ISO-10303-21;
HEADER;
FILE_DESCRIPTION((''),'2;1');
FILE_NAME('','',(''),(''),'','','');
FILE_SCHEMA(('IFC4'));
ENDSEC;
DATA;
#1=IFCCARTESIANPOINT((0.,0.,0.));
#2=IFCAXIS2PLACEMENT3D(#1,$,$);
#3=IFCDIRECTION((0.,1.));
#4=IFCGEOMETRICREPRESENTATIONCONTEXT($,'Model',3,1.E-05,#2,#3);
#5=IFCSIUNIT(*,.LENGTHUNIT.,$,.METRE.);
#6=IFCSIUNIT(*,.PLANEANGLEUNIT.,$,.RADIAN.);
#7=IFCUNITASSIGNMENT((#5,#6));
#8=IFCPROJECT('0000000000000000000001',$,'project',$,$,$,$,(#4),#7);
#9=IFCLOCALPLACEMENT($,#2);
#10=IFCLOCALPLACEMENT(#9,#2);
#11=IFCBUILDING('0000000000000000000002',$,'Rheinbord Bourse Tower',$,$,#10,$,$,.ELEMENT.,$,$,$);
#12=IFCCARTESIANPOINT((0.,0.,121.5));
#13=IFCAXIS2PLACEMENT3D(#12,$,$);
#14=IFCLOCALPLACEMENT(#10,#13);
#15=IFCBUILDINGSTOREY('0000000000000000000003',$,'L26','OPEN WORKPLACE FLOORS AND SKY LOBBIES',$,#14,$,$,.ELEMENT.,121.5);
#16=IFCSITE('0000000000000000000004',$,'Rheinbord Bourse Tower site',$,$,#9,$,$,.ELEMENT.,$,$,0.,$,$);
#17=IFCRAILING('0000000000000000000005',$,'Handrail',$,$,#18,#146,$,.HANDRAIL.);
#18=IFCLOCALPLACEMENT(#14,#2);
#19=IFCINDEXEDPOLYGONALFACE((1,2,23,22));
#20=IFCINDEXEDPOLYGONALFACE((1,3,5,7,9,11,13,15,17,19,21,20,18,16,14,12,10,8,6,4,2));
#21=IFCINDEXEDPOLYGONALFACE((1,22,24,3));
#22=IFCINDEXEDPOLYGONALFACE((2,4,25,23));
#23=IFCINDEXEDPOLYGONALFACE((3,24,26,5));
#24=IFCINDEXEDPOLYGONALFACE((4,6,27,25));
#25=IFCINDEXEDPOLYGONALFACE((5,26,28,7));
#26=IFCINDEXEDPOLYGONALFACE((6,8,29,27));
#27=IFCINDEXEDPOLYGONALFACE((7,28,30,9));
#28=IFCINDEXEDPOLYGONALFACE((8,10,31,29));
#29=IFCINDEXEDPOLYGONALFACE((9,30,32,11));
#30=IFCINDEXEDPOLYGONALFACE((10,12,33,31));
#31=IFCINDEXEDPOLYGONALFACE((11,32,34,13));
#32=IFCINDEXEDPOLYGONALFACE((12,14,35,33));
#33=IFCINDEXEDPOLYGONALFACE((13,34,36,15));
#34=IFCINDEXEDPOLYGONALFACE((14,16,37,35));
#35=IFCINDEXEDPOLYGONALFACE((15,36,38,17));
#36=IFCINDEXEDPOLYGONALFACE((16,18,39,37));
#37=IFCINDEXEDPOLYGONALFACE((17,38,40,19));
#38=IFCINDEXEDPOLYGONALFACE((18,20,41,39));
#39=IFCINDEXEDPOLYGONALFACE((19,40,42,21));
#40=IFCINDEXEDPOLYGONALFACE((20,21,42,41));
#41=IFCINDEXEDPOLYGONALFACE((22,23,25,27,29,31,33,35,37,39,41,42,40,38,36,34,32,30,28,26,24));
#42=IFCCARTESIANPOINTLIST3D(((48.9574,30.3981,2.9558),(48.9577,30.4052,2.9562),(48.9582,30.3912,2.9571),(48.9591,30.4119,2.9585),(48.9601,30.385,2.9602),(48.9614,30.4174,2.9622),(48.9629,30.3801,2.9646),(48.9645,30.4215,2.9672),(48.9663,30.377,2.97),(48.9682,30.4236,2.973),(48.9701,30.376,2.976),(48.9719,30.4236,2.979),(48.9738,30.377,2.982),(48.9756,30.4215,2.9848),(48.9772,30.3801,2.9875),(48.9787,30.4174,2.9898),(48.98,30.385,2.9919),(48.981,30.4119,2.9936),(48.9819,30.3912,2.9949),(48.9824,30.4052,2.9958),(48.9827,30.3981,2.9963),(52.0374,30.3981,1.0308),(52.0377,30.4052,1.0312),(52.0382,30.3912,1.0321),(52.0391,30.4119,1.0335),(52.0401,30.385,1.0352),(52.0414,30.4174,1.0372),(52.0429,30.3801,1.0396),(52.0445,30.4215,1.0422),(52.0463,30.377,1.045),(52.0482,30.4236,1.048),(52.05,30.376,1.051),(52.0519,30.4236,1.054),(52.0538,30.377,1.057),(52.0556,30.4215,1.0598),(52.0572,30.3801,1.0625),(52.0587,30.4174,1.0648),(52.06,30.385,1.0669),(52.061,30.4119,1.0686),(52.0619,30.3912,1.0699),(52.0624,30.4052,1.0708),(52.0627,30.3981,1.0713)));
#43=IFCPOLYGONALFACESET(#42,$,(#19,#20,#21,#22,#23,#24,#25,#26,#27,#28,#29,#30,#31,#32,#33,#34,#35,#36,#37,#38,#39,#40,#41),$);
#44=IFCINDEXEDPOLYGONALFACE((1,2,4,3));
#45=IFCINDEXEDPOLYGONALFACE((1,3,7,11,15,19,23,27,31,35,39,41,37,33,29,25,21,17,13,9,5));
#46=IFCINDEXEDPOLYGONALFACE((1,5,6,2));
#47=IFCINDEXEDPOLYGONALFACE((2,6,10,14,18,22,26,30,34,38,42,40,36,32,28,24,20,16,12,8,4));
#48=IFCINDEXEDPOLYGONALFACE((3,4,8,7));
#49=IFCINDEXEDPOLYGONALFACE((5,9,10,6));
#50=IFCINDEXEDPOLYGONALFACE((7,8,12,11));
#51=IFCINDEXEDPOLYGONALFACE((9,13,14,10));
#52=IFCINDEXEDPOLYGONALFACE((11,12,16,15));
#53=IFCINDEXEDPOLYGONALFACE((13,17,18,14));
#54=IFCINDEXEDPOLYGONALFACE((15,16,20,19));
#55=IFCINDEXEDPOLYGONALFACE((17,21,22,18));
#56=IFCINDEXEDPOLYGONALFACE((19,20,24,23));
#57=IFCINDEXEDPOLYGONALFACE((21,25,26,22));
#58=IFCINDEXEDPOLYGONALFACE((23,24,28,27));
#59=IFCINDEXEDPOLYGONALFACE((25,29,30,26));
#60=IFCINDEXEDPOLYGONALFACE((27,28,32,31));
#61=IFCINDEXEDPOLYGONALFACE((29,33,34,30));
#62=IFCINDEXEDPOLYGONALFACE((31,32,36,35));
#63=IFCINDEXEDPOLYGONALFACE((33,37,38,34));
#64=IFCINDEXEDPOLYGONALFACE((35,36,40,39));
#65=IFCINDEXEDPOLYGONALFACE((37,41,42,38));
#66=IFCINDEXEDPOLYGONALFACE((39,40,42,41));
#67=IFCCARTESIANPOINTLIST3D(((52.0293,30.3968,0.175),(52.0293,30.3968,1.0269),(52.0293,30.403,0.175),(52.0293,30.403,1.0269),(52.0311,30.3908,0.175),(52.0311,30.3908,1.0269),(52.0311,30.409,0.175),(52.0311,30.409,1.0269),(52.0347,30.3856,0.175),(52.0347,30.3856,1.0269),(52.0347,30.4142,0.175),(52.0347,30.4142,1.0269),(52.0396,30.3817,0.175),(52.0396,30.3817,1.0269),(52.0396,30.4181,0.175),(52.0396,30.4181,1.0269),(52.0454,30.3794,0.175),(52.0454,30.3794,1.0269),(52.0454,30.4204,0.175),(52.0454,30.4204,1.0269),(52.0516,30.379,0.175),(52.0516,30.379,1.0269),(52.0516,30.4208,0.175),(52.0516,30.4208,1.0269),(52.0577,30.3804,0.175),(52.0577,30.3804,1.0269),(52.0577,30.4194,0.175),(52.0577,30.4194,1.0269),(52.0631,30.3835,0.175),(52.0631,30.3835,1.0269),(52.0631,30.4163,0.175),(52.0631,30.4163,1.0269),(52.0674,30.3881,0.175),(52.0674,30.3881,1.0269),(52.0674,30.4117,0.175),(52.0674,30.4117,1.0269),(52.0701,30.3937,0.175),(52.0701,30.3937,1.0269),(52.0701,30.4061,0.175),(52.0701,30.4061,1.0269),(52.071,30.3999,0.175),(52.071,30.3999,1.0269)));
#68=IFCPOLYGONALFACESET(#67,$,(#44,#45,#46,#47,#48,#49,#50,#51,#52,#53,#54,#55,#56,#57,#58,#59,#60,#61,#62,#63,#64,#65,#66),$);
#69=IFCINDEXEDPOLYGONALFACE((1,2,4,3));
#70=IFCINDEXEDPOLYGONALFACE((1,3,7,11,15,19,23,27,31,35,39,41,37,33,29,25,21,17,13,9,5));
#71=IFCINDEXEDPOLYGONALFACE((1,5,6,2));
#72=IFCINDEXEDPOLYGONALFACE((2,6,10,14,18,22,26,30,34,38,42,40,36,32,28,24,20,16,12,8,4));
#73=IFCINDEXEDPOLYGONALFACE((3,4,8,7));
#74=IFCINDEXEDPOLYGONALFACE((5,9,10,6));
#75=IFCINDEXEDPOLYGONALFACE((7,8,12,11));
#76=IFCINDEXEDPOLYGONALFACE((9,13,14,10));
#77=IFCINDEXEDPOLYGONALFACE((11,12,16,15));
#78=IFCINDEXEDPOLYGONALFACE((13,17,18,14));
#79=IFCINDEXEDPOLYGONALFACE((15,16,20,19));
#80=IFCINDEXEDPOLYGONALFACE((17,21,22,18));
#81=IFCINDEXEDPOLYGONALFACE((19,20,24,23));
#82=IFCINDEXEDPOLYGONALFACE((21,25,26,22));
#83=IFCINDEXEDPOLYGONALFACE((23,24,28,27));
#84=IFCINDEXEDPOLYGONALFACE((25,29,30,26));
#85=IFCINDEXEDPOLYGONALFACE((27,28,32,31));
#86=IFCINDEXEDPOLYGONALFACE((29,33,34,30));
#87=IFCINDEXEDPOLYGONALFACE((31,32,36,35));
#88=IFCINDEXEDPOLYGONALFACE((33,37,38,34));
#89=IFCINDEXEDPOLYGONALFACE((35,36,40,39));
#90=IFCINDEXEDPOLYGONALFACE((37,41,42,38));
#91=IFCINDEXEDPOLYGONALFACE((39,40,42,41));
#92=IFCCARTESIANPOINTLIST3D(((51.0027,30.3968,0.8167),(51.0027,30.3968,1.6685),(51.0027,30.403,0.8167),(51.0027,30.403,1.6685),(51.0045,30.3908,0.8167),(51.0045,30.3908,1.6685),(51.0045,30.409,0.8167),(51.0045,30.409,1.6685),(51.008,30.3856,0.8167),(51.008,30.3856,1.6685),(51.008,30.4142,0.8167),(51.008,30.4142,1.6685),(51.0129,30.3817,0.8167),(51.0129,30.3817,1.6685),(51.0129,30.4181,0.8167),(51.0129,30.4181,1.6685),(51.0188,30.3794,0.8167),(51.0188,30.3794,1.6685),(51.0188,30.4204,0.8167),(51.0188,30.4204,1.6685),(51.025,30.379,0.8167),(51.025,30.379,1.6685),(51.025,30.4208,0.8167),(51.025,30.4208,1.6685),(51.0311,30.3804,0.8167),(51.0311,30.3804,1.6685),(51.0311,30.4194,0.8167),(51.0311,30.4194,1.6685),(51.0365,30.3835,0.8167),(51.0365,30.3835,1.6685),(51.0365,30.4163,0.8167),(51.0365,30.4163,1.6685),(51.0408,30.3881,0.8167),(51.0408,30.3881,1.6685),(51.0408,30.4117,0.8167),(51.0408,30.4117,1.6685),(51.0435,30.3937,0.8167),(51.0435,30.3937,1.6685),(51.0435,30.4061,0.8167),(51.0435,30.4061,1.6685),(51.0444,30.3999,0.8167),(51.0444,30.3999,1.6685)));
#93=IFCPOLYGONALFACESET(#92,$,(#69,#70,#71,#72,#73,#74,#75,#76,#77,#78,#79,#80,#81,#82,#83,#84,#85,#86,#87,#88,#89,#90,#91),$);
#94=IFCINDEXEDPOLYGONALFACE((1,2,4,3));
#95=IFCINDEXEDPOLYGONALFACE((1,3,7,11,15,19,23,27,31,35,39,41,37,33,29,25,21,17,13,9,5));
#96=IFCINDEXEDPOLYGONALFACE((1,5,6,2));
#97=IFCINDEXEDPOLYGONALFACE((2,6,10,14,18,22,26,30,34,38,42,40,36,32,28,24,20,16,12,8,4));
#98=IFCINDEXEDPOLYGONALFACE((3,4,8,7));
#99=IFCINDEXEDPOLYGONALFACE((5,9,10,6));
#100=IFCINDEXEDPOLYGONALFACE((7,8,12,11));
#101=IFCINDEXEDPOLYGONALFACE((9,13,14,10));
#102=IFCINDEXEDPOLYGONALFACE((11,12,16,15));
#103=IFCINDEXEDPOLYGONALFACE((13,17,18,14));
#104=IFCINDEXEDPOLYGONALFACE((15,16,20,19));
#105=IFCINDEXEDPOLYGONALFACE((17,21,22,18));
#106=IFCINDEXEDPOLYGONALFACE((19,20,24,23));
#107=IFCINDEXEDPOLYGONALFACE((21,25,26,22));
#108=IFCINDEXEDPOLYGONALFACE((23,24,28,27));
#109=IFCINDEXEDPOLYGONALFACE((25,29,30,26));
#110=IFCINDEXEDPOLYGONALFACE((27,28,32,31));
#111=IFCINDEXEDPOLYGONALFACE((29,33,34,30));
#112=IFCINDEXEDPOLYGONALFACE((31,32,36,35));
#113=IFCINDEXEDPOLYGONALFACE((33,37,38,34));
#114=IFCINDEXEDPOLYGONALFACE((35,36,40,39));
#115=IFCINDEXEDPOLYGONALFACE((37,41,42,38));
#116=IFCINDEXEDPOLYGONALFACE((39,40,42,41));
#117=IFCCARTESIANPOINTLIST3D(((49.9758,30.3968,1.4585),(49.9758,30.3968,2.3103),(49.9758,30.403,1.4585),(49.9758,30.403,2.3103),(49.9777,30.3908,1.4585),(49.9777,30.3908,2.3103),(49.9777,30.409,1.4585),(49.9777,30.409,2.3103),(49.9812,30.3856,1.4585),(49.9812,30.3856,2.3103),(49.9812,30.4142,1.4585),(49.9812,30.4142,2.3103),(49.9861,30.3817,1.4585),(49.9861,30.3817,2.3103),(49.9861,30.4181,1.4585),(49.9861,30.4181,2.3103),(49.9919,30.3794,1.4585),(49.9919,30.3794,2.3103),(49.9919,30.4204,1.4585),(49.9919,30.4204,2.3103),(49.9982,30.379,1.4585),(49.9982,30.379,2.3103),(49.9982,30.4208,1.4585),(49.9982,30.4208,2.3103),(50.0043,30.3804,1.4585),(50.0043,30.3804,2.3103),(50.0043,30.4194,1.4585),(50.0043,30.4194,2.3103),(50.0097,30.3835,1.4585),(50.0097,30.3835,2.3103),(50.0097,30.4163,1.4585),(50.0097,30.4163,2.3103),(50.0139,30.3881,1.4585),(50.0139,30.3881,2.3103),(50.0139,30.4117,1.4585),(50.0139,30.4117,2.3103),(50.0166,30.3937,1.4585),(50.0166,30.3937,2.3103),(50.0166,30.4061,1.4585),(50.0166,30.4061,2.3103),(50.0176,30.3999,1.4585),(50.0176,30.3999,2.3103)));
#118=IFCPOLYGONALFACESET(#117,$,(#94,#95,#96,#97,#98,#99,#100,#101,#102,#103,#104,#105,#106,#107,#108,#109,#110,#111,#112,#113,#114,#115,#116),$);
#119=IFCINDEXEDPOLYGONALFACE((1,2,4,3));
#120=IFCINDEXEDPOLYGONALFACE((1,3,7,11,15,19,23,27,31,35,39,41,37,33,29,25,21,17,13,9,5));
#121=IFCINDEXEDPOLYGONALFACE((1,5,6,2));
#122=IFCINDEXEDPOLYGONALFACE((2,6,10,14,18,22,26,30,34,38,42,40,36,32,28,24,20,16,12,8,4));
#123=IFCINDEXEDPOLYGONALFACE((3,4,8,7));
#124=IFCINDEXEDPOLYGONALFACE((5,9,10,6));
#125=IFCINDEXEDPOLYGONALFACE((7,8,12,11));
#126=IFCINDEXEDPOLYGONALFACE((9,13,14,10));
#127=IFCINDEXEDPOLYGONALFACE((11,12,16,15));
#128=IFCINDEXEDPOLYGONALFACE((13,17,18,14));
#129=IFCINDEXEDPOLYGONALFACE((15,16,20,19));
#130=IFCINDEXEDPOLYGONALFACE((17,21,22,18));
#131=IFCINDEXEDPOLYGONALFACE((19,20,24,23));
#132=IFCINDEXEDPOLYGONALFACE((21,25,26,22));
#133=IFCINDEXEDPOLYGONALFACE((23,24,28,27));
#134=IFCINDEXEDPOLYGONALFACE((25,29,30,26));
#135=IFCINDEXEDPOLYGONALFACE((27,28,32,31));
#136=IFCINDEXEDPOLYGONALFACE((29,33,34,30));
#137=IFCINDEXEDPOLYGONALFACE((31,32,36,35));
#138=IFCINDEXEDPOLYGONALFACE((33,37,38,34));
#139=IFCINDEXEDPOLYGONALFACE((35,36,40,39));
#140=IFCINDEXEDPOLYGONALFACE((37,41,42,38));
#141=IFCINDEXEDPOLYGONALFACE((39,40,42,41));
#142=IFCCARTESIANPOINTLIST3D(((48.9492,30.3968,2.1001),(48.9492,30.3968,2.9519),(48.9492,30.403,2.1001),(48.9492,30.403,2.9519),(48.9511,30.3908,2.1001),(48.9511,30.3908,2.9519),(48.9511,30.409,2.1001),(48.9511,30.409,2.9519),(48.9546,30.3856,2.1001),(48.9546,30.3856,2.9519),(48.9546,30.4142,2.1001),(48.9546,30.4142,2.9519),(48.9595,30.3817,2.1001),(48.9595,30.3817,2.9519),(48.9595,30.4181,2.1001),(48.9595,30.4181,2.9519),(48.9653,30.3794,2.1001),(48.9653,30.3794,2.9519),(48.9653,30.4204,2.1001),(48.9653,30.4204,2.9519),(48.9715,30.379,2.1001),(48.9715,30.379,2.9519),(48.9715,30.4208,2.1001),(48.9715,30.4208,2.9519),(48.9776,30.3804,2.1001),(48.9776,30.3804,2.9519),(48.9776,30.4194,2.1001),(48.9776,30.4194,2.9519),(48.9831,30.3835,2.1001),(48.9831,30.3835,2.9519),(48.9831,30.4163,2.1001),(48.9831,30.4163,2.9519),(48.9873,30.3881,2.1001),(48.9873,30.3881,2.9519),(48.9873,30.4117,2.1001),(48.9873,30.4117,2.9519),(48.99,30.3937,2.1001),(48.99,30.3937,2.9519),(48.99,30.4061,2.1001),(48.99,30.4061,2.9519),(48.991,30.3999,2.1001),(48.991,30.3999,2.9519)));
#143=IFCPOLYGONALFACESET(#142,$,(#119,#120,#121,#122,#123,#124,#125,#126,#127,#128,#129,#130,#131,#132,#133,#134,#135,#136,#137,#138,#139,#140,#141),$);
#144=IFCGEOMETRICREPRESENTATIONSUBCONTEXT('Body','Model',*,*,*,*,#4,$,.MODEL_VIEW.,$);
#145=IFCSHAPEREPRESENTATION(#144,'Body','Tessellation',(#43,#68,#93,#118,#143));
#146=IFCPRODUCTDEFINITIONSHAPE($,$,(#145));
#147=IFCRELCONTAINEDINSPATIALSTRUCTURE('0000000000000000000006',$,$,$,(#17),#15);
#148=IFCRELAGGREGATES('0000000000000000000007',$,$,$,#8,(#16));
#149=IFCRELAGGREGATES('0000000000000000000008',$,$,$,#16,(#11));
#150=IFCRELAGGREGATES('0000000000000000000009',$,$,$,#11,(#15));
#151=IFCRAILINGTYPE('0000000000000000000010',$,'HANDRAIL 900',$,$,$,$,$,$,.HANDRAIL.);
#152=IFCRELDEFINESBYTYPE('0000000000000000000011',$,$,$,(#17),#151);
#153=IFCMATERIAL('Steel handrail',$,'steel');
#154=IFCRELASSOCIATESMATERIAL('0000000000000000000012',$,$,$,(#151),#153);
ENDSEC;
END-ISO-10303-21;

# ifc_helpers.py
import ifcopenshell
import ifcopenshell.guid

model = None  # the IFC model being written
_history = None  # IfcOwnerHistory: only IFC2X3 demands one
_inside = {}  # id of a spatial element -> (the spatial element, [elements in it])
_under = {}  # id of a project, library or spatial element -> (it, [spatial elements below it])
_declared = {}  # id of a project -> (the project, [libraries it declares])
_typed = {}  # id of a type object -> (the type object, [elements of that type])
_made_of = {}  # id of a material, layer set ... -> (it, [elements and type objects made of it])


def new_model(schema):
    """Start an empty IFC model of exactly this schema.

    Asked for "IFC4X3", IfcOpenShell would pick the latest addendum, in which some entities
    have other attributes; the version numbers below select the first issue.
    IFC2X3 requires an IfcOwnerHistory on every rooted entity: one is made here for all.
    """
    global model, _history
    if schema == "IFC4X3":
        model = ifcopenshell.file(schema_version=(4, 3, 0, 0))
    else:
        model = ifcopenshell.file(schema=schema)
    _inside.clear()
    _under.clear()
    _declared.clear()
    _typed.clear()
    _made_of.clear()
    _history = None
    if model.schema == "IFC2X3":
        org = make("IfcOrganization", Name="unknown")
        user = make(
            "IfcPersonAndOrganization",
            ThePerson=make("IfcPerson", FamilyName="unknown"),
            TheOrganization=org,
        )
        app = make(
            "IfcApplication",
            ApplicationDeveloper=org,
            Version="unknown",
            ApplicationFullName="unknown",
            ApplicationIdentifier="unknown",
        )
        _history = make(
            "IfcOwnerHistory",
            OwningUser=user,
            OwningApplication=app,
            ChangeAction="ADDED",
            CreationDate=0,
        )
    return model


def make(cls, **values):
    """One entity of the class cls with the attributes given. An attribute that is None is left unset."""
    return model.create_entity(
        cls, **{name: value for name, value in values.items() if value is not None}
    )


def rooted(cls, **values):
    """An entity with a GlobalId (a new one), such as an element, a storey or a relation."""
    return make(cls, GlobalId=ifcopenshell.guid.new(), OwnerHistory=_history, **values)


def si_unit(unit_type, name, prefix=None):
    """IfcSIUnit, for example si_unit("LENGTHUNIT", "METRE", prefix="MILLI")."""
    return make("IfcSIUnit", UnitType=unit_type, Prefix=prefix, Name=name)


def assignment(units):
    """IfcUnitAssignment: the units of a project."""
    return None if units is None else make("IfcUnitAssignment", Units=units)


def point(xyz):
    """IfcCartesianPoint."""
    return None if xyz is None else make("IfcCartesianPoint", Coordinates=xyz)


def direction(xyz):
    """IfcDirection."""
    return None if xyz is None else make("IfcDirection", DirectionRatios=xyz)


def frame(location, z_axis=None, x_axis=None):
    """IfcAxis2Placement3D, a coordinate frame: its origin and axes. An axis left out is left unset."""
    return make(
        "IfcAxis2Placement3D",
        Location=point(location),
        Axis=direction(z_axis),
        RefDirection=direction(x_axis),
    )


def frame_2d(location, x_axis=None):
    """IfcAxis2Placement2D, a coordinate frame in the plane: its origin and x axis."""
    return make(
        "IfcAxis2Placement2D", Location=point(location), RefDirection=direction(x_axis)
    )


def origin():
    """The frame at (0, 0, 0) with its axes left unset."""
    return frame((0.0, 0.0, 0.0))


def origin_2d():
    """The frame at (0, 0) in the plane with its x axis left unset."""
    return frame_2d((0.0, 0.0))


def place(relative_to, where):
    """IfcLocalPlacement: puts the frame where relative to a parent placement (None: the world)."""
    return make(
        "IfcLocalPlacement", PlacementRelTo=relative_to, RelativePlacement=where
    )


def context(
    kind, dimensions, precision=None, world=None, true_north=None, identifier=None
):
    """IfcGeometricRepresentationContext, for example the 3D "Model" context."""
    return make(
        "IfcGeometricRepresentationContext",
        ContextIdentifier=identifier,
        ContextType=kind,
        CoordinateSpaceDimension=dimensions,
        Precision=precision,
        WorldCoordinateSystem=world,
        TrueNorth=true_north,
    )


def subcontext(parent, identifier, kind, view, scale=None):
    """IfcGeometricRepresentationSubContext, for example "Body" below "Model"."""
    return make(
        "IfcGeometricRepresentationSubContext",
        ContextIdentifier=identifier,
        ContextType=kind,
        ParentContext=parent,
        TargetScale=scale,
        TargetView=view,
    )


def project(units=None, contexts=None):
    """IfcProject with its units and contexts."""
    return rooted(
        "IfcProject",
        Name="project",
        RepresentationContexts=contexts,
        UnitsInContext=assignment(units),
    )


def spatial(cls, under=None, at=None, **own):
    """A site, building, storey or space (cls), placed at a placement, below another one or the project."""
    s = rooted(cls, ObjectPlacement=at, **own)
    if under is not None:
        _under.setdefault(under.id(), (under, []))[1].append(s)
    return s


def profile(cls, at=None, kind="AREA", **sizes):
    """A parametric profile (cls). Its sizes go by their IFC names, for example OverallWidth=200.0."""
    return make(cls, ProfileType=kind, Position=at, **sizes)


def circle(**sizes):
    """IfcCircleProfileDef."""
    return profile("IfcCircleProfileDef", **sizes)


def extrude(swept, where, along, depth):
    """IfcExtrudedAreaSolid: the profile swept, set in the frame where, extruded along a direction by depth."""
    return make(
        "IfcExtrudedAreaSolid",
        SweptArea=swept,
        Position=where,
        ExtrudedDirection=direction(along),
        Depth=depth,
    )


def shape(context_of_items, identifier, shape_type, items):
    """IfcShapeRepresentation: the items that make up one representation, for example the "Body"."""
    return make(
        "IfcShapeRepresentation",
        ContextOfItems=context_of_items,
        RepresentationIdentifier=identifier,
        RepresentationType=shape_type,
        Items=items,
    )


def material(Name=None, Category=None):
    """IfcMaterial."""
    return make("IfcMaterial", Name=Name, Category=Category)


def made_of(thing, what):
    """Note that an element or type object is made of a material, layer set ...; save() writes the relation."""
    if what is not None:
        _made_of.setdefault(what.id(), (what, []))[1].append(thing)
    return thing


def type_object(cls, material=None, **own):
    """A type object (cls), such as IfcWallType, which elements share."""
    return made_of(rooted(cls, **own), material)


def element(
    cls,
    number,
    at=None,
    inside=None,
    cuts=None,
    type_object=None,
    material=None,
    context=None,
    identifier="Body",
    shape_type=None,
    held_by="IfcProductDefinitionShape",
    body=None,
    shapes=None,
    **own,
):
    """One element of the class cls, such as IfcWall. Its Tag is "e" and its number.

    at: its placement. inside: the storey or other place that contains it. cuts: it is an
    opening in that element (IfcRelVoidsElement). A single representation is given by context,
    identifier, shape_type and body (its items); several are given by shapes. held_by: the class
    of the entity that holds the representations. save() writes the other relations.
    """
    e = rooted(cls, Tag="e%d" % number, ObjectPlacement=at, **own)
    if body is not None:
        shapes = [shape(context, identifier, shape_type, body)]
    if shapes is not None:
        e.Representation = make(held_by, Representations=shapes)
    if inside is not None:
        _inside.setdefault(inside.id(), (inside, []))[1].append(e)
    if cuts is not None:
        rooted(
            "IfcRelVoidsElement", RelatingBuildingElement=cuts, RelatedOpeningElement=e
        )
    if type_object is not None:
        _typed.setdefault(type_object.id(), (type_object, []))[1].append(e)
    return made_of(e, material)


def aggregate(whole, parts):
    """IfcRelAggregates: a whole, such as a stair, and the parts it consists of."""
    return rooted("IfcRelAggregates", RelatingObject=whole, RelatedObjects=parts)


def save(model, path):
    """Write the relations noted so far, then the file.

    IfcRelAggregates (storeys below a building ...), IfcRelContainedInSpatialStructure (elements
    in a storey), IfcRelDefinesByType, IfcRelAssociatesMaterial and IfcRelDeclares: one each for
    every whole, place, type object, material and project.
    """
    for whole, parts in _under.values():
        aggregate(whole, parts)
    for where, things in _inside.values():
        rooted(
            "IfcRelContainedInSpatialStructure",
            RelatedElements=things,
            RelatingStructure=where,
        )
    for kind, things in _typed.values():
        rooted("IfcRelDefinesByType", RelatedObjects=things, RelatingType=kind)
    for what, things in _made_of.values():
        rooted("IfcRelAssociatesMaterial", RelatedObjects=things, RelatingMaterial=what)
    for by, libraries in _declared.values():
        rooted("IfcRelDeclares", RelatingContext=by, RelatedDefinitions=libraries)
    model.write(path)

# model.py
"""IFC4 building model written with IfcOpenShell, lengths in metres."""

from ifc_helpers import new_model, si_unit, direction, frame, origin, origin_2d, place, context, subcontext, project, spatial, circle, extrude, material, type_object, element, save


model = new_model("IFC4")

# Units and contexts
model_context = context("Model", 3, precision=1e-05, world=origin(), true_north=direction((0.0, 1.0)))
body_context = subcontext(model_context, "Body", "Model", "MODEL_VIEW")
ifc_project = project(units=[si_unit("LENGTHUNIT", "METRE"), si_unit("PLANEANGLEUNIT", "RADIAN")], contexts=[model_context])

# Site, building, storey
site_placement = place(None, origin())
site = spatial("IfcSite", under=ifc_project, at=site_placement, Name="Rheinbord Bourse Tower site", CompositionType="ELEMENT", RefElevation=0.0)
building_placement = place(site_placement, origin())
building = spatial("IfcBuilding", under=site, at=building_placement, Name="Rheinbord Bourse Tower", CompositionType="ELEMENT")
storey_placement = place(building_placement, frame((0.0, 0.0, 121.5)))
storey = spatial("IfcBuildingStorey", under=building, at=storey_placement, Name="L26", Description="OPEN WORKPLACE FLOORS AND SKY LOBBIES", CompositionType="ELEMENT", Elevation=121.5)

# Railing
ifc_material_1 = material(Name="Steel handrail", Category="steel")
railing_type = type_object("IfcRailingType", Name="HANDRAIL 900", PredefinedType="HANDRAIL", material=ifc_material_1)
railing_1_placement = place(storey_placement, frame((52.05, 30.3999, 0.175)))
element("IfcRailing", 1, at=railing_1_placement, inside=storey, type_object=railing_type, Name="Handrail", PredefinedType="HANDRAIL", context=body_context, shape_type="SweptSolid", body=[
    extrude(circle(Radius=0.0239, at=origin_2d()), frame((0.0, 0.0, 0.876), z_axis=(-0.847998, 0.0, 0.529999), x_axis=(0.0, -1.0, 0.0)), (0.0, 0.0, 1.0), 3.6321),
    extrude(circle(Radius=0.021, at=origin_2d()), origin(), (0.0, 0.0, 1.0), 0.8518),
    extrude(circle(Radius=0.021, at=origin_2d()), frame((-1.0266, 0.0, 0.6416)), (0.0, 0.0, 1.0), 0.8518),
    extrude(circle(Radius=0.021, at=origin_2d()), frame((-2.0535, 0.0, 1.2834)), (0.0, 0.0, 1.0), 0.8518),
    extrude(circle(Radius=0.021, at=origin_2d()), frame((-3.0801, 0.0, 1.925)), (0.0, 0.0, 1.0), 0.8518),
])

save(model, "model.ifc")
